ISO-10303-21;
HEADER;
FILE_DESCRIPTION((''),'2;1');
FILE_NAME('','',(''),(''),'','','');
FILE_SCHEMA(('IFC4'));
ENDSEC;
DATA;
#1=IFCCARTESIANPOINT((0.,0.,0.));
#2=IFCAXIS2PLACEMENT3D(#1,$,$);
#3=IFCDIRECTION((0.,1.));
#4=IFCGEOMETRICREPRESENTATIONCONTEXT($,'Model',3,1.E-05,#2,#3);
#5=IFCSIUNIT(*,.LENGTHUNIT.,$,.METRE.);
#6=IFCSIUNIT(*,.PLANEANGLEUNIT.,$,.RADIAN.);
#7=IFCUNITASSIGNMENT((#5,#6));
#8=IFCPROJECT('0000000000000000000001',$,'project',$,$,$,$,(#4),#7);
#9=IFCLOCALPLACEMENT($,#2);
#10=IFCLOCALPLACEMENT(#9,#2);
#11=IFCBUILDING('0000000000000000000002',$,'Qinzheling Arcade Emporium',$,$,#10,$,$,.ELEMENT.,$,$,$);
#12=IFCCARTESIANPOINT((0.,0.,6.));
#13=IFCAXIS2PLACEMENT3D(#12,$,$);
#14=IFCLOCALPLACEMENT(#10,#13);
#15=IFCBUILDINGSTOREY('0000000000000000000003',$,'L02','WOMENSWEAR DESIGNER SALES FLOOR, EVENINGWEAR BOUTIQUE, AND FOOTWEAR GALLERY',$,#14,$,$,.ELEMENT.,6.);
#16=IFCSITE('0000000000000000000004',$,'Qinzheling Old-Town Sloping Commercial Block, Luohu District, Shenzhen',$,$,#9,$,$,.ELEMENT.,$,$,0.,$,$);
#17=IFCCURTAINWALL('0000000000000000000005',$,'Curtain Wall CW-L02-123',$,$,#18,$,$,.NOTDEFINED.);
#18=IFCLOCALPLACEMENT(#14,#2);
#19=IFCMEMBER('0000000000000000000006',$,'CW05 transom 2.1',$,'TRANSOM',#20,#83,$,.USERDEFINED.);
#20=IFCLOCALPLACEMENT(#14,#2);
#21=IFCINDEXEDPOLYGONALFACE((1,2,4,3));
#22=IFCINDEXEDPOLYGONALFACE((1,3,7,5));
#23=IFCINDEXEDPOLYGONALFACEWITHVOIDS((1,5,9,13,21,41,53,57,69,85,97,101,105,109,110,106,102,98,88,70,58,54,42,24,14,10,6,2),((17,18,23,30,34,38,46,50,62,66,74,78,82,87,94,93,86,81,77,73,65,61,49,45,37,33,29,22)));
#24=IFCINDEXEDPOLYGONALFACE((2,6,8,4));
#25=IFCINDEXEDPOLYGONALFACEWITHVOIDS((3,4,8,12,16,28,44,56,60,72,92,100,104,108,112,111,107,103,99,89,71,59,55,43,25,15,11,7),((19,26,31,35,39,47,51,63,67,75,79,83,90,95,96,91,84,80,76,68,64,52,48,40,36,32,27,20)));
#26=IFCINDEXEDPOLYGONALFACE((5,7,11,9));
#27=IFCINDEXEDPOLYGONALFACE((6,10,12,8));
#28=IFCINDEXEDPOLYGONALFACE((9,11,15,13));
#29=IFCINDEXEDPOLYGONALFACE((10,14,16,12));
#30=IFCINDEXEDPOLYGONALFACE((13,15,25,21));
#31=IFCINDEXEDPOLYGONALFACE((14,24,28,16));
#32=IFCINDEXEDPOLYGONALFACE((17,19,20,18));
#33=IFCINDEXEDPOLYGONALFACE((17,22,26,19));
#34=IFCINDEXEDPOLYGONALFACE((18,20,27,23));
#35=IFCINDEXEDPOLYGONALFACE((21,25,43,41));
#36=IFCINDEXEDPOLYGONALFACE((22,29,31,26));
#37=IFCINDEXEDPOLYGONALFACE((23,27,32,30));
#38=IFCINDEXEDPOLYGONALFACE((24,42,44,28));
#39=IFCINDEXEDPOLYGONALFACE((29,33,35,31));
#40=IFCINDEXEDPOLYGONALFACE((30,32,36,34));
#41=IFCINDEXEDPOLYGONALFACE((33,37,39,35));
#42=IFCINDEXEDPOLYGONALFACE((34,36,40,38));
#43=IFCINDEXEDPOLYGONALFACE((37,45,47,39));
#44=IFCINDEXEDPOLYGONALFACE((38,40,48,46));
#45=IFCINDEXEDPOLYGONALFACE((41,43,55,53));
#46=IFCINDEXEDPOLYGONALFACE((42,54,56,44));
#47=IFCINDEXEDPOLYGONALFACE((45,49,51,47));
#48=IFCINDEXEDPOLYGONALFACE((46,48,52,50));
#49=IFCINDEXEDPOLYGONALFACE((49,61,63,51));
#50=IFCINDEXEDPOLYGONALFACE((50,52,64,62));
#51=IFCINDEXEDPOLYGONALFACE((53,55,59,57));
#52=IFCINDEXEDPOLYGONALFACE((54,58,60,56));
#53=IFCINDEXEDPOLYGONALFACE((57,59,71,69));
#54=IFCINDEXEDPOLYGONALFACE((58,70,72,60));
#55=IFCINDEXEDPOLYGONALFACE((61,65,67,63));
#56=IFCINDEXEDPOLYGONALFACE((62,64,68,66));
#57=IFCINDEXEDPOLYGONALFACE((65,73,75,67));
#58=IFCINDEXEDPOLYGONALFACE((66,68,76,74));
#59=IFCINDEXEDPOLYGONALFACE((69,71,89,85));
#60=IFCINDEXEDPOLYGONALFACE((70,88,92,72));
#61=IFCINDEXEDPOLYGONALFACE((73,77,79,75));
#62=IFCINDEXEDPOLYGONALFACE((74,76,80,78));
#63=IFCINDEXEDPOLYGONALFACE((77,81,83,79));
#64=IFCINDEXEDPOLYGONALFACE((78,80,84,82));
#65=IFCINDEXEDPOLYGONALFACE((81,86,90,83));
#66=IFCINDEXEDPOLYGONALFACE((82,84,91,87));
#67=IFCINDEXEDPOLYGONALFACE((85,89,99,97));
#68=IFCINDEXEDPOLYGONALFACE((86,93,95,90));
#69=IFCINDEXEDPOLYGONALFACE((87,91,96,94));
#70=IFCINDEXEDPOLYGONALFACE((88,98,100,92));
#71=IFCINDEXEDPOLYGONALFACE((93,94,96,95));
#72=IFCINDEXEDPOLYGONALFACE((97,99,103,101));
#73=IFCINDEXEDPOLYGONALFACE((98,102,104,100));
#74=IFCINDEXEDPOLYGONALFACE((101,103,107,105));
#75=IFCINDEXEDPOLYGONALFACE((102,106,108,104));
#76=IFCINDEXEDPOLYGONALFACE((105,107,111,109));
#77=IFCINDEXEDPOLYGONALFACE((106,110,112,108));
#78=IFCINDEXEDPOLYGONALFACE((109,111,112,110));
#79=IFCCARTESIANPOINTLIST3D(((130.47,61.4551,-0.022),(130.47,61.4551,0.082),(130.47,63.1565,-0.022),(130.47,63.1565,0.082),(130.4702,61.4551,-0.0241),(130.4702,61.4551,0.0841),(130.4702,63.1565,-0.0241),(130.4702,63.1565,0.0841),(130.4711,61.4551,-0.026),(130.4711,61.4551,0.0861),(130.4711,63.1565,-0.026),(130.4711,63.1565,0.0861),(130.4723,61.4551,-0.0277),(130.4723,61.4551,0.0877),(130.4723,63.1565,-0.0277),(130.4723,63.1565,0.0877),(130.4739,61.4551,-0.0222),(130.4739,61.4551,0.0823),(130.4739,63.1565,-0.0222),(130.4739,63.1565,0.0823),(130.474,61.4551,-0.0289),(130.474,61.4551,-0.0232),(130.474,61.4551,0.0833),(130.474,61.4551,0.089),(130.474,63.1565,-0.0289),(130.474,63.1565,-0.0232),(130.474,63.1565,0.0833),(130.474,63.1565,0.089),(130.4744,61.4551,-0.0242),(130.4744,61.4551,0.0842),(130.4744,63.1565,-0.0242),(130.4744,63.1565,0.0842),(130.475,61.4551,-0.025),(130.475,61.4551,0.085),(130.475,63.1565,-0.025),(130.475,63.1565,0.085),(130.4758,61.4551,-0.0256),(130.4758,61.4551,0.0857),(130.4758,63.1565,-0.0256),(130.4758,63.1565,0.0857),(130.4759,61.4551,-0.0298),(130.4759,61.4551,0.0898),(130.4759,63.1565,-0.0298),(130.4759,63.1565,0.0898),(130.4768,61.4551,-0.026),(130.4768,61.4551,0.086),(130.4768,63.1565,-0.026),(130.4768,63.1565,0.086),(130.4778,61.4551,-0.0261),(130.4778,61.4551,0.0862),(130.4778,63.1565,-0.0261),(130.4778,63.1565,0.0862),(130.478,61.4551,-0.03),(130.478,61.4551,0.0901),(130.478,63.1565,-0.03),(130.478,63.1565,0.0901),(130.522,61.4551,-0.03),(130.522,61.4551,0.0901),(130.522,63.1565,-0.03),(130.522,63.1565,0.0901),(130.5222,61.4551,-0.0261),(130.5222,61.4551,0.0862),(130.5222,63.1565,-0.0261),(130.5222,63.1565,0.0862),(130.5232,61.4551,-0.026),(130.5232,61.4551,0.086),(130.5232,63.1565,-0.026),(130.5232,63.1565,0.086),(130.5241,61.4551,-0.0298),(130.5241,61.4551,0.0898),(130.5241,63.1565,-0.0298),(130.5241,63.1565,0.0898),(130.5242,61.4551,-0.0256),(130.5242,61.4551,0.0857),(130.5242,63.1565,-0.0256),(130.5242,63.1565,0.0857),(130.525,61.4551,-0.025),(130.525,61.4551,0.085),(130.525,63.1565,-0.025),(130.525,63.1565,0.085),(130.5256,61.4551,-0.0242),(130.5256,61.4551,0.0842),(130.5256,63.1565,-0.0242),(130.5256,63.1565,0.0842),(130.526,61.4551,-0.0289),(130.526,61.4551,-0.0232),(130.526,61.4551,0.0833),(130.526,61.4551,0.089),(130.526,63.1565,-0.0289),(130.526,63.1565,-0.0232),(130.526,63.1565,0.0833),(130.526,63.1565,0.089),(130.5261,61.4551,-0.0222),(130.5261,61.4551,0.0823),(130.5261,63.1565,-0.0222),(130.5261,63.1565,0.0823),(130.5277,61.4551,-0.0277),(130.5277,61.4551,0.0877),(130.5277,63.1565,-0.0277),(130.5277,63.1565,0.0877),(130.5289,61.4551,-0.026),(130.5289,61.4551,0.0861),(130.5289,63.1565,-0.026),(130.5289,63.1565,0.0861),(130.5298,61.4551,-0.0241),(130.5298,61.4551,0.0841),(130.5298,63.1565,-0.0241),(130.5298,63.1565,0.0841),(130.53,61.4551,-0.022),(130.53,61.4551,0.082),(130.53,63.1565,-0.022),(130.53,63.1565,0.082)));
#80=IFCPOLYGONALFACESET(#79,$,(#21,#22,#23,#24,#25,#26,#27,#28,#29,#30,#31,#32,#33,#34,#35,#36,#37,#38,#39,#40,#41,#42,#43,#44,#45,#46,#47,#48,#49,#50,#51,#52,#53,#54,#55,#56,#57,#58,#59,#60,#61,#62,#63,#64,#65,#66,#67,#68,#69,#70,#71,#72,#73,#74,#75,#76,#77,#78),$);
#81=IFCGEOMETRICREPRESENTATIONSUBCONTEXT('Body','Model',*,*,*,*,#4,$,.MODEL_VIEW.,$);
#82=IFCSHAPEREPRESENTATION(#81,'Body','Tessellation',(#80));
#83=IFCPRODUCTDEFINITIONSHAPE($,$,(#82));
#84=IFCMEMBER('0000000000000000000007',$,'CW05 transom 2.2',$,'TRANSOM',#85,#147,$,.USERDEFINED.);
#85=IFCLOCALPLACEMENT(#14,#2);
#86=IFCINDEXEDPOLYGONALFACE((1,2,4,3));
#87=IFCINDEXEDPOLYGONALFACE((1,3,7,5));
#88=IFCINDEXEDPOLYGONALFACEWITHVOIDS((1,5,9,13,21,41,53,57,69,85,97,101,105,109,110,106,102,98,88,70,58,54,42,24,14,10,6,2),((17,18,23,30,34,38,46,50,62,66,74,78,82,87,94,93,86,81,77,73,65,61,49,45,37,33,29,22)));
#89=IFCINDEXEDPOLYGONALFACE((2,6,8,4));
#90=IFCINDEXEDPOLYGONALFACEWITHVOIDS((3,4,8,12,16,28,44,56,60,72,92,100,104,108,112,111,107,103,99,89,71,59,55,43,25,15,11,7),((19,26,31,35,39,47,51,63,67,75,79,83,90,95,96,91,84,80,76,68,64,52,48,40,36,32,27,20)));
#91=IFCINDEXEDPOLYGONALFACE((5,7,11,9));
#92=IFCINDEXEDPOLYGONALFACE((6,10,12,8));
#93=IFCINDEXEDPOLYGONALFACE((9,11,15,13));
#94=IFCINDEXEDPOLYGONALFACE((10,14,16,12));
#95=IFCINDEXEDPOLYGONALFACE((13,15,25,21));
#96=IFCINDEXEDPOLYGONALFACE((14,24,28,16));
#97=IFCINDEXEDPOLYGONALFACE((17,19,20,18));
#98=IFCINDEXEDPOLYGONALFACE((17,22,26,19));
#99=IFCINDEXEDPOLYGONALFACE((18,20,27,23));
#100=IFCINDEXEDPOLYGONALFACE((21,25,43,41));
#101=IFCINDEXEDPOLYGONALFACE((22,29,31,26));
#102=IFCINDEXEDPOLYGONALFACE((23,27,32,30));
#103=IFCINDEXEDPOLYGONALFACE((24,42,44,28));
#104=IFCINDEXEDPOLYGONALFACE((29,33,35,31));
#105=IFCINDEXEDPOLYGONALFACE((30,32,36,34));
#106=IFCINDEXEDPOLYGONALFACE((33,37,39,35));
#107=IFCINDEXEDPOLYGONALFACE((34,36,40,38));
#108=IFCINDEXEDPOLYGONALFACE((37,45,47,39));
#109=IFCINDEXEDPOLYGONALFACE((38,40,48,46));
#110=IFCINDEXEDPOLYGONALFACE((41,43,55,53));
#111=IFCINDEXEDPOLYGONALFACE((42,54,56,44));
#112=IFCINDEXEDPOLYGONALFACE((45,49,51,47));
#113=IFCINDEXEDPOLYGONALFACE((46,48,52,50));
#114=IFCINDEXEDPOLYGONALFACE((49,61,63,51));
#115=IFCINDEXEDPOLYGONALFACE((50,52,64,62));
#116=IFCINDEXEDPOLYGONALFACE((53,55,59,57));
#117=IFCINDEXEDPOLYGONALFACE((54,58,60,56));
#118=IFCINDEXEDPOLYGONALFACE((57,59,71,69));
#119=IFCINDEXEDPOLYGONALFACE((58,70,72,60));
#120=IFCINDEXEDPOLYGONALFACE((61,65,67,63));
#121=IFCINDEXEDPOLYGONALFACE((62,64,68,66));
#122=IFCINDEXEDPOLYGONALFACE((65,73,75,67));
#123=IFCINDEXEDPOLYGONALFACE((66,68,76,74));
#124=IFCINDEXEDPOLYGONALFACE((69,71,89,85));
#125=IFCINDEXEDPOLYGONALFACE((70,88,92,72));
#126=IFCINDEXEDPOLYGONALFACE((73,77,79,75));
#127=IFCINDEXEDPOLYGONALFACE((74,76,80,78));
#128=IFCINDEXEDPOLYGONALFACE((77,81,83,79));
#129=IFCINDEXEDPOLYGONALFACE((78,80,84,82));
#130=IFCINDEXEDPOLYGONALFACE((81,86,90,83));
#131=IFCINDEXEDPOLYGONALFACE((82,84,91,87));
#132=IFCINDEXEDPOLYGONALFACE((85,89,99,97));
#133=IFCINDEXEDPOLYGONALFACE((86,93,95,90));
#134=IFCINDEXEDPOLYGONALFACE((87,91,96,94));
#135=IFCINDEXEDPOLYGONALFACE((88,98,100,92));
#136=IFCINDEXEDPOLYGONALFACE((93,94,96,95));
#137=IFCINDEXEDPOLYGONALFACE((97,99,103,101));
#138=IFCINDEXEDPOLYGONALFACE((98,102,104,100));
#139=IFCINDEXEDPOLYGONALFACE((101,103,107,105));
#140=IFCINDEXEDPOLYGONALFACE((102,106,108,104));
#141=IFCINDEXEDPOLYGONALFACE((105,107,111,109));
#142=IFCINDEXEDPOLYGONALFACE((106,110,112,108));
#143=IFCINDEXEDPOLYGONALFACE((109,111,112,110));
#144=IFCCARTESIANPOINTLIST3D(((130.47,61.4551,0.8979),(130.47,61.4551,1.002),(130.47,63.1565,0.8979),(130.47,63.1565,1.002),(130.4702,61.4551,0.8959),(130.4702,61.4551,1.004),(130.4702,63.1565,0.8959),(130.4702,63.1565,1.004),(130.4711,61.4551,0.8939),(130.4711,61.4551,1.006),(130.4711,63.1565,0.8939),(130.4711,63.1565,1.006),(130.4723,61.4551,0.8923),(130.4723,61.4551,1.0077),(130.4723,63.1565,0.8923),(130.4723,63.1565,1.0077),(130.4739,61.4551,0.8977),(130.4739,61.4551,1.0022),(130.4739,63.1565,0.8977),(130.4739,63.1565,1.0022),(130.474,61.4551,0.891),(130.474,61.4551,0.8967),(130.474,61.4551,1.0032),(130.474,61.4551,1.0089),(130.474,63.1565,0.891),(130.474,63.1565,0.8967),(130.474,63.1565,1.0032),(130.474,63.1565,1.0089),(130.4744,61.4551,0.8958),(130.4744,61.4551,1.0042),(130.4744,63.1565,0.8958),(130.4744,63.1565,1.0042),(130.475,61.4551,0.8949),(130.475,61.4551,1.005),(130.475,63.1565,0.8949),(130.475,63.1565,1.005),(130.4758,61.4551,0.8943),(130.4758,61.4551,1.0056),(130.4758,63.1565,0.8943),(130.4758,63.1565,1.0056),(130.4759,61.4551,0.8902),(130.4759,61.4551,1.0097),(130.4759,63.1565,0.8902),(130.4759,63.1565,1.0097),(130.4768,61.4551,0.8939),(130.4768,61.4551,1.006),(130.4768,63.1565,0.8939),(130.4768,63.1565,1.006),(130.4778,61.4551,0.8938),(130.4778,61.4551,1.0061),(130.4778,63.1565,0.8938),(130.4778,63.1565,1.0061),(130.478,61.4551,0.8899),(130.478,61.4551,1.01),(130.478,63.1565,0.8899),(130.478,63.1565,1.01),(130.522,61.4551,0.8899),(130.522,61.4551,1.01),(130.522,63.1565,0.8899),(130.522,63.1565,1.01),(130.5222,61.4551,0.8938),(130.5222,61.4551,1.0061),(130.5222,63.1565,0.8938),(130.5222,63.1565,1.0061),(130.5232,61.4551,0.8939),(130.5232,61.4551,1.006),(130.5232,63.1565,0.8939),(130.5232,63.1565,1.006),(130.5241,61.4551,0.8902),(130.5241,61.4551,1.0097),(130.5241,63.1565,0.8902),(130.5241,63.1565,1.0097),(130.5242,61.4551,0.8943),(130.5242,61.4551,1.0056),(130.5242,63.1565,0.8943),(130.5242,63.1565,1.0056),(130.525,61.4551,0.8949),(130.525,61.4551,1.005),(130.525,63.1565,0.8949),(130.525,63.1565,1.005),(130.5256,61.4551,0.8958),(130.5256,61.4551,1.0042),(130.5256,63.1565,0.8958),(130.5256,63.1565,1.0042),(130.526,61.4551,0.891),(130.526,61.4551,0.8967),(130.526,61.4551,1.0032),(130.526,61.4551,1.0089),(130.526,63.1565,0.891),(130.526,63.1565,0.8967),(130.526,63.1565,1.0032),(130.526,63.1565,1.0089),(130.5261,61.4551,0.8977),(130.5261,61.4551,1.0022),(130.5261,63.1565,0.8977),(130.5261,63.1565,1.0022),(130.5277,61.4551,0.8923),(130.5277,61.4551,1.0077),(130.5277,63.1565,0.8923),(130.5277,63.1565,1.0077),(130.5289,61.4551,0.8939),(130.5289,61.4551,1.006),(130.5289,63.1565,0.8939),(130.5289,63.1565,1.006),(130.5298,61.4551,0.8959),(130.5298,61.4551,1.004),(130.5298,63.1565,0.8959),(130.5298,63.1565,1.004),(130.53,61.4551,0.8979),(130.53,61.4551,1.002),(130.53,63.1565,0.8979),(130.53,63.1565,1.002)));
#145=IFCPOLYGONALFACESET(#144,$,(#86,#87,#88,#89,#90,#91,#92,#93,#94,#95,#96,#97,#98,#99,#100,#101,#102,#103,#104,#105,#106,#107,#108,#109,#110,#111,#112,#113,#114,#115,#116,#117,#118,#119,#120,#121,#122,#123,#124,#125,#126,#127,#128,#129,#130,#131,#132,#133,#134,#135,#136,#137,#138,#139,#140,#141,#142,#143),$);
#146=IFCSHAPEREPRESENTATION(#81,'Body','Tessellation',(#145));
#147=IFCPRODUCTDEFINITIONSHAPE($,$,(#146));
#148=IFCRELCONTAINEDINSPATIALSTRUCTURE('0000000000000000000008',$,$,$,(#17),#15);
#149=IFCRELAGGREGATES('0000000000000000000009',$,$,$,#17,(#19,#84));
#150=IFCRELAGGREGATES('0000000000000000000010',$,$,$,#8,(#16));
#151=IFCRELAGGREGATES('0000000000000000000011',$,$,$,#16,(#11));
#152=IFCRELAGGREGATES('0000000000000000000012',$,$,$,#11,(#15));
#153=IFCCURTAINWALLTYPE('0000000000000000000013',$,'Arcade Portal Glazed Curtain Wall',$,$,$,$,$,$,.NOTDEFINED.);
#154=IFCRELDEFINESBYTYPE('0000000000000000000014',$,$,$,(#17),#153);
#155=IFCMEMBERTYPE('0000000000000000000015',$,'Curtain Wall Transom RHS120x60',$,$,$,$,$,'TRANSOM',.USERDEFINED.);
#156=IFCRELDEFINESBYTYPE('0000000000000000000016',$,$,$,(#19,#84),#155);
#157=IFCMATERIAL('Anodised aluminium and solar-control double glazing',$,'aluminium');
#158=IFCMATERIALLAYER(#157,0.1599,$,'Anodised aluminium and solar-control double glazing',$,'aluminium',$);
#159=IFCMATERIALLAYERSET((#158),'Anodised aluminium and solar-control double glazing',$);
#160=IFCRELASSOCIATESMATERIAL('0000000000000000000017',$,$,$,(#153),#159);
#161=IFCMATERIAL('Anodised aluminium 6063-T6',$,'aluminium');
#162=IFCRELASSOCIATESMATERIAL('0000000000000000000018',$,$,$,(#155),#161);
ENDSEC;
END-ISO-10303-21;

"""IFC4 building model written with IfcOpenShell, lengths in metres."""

from ifc_helpers import new_model, si_unit, direction, frame, origin, origin_2d, place, context, subcontext, project, spatial, hollow_rectangle, extrude, material, layer, layer_set, material_profile, profile_set, type_object, element, aggregate, save


model = new_model("IFC4")

# Units and contexts
model_context = context("Model", 3, precision=1e-05, world=origin(), true_north=direction((0.0, 1.0)))
body_context = subcontext(model_context, "Body", "Model", "MODEL_VIEW")
ifc_project = project(units=[si_unit("LENGTHUNIT", "METRE"), si_unit("PLANEANGLEUNIT", "RADIAN")], contexts=[model_context])

# Site, building, storey
site_placement = place(None, origin())
site = spatial("IfcSite", under=ifc_project, at=site_placement, Name="Qinzheling Old-Town Sloping Commercial Block, Luohu District, Shenzhen", CompositionType="ELEMENT", RefElevation=0.0)
building_placement = place(site_placement, origin())
building = spatial("IfcBuilding", under=site, at=building_placement, Name="Qinzheling Arcade Emporium", CompositionType="ELEMENT")
storey_placement = place(building_placement, frame((0.0, 0.0, 6.0)))
storey = spatial("IfcBuildingStorey", under=building, at=storey_placement, Name="L02", Description="WOMENSWEAR DESIGNER SALES FLOOR, EVENINGWEAR BOUTIQUE, AND FOOTWEAR GALLERY", CompositionType="ELEMENT", Elevation=6.0)

# Curtain wall, members
ifc_material_1 = material(Name="Anodised aluminium and solar-control double glazing", Category="aluminium")
ifc_layer_1 = layer(ifc_material_1, 0.1599, Name="Anodised aluminium and solar-control double glazing", Category="aluminium")
ifc_layer_set_1 = layer_set([ifc_layer_1], Name="Anodised aluminium and solar-control double glazing")
curtain_wall_type = type_object("IfcCurtainWallType", Name="Arcade Portal Glazed Curtain Wall", PredefinedType="NOTDEFINED", material=ifc_layer_set_1)
curtain_wall_placement = place(storey_placement, origin())
curtain_wall = element("IfcCurtainWall", 1, at=curtain_wall_placement, inside=storey, type_object=curtain_wall_type, Name="Curtain Wall CW-L02-123", PredefinedType="NOTDEFINED")
ifc_material_2 = material(Name="Anodised aluminium 6063-T6", Category="aluminium")
ifc_material_profile_1 = material_profile(ifc_material_2, hollow_rectangle(XDim=0.0601, YDim=0.1201, WallThickness=0.0039, InnerFilletRadius=0.0039, OuterFilletRadius=0.0081, at=origin_2d()), Name="RHS 120x60x4", Category="aluminium")
ifc_profile_set_1 = profile_set([ifc_material_profile_1], Name="Anodised aluminium 6063-T6")
member_type_1 = type_object("IfcMemberType", Name="Curtain Wall Transom RHS120x60", ElementType="TRANSOM", PredefinedType="USERDEFINED", material=ifc_profile_set_1)
member_1_placement = place(storey_placement, frame((130.5, 63.1565, 0.03), z_axis=(0.0, -1.0, 0.0), x_axis=(1.0, 0.0, 0.0)))
member_1 = element("IfcMember", 2, at=member_1_placement, type_object=member_type_1, Name="CW05 transom 2.1", ObjectType="TRANSOM", PredefinedType="USERDEFINED", context=body_context, shape_type="SweptSolid", body=[
    extrude(hollow_rectangle(XDim=0.0601, YDim=0.1201, WallThickness=0.0039, InnerFilletRadius=0.0039, OuterFilletRadius=0.0081, at=origin_2d()), origin(), (0.0, 0.0, 1.0), 1.7014),
])
member_2_placement = place(storey_placement, frame((130.5, 63.1565, 0.95), z_axis=(0.0, -1.0, 0.0), x_axis=(1.0, 0.0, 0.0)))
member_2 = element("IfcMember", 3, at=member_2_placement, type_object=member_type_1, Name="CW05 transom 2.2", ObjectType="TRANSOM", PredefinedType="USERDEFINED", context=body_context, shape_type="SweptSolid", body=[
    extrude(hollow_rectangle(XDim=0.0601, YDim=0.1201, WallThickness=0.0039, InnerFilletRadius=0.0039, OuterFilletRadius=0.0081, at=origin_2d()), origin(), (0.0, 0.0, 1.0), 1.7014),
])
aggregate(curtain_wall, [member_1, member_2])

save(model, "model.ifc")
